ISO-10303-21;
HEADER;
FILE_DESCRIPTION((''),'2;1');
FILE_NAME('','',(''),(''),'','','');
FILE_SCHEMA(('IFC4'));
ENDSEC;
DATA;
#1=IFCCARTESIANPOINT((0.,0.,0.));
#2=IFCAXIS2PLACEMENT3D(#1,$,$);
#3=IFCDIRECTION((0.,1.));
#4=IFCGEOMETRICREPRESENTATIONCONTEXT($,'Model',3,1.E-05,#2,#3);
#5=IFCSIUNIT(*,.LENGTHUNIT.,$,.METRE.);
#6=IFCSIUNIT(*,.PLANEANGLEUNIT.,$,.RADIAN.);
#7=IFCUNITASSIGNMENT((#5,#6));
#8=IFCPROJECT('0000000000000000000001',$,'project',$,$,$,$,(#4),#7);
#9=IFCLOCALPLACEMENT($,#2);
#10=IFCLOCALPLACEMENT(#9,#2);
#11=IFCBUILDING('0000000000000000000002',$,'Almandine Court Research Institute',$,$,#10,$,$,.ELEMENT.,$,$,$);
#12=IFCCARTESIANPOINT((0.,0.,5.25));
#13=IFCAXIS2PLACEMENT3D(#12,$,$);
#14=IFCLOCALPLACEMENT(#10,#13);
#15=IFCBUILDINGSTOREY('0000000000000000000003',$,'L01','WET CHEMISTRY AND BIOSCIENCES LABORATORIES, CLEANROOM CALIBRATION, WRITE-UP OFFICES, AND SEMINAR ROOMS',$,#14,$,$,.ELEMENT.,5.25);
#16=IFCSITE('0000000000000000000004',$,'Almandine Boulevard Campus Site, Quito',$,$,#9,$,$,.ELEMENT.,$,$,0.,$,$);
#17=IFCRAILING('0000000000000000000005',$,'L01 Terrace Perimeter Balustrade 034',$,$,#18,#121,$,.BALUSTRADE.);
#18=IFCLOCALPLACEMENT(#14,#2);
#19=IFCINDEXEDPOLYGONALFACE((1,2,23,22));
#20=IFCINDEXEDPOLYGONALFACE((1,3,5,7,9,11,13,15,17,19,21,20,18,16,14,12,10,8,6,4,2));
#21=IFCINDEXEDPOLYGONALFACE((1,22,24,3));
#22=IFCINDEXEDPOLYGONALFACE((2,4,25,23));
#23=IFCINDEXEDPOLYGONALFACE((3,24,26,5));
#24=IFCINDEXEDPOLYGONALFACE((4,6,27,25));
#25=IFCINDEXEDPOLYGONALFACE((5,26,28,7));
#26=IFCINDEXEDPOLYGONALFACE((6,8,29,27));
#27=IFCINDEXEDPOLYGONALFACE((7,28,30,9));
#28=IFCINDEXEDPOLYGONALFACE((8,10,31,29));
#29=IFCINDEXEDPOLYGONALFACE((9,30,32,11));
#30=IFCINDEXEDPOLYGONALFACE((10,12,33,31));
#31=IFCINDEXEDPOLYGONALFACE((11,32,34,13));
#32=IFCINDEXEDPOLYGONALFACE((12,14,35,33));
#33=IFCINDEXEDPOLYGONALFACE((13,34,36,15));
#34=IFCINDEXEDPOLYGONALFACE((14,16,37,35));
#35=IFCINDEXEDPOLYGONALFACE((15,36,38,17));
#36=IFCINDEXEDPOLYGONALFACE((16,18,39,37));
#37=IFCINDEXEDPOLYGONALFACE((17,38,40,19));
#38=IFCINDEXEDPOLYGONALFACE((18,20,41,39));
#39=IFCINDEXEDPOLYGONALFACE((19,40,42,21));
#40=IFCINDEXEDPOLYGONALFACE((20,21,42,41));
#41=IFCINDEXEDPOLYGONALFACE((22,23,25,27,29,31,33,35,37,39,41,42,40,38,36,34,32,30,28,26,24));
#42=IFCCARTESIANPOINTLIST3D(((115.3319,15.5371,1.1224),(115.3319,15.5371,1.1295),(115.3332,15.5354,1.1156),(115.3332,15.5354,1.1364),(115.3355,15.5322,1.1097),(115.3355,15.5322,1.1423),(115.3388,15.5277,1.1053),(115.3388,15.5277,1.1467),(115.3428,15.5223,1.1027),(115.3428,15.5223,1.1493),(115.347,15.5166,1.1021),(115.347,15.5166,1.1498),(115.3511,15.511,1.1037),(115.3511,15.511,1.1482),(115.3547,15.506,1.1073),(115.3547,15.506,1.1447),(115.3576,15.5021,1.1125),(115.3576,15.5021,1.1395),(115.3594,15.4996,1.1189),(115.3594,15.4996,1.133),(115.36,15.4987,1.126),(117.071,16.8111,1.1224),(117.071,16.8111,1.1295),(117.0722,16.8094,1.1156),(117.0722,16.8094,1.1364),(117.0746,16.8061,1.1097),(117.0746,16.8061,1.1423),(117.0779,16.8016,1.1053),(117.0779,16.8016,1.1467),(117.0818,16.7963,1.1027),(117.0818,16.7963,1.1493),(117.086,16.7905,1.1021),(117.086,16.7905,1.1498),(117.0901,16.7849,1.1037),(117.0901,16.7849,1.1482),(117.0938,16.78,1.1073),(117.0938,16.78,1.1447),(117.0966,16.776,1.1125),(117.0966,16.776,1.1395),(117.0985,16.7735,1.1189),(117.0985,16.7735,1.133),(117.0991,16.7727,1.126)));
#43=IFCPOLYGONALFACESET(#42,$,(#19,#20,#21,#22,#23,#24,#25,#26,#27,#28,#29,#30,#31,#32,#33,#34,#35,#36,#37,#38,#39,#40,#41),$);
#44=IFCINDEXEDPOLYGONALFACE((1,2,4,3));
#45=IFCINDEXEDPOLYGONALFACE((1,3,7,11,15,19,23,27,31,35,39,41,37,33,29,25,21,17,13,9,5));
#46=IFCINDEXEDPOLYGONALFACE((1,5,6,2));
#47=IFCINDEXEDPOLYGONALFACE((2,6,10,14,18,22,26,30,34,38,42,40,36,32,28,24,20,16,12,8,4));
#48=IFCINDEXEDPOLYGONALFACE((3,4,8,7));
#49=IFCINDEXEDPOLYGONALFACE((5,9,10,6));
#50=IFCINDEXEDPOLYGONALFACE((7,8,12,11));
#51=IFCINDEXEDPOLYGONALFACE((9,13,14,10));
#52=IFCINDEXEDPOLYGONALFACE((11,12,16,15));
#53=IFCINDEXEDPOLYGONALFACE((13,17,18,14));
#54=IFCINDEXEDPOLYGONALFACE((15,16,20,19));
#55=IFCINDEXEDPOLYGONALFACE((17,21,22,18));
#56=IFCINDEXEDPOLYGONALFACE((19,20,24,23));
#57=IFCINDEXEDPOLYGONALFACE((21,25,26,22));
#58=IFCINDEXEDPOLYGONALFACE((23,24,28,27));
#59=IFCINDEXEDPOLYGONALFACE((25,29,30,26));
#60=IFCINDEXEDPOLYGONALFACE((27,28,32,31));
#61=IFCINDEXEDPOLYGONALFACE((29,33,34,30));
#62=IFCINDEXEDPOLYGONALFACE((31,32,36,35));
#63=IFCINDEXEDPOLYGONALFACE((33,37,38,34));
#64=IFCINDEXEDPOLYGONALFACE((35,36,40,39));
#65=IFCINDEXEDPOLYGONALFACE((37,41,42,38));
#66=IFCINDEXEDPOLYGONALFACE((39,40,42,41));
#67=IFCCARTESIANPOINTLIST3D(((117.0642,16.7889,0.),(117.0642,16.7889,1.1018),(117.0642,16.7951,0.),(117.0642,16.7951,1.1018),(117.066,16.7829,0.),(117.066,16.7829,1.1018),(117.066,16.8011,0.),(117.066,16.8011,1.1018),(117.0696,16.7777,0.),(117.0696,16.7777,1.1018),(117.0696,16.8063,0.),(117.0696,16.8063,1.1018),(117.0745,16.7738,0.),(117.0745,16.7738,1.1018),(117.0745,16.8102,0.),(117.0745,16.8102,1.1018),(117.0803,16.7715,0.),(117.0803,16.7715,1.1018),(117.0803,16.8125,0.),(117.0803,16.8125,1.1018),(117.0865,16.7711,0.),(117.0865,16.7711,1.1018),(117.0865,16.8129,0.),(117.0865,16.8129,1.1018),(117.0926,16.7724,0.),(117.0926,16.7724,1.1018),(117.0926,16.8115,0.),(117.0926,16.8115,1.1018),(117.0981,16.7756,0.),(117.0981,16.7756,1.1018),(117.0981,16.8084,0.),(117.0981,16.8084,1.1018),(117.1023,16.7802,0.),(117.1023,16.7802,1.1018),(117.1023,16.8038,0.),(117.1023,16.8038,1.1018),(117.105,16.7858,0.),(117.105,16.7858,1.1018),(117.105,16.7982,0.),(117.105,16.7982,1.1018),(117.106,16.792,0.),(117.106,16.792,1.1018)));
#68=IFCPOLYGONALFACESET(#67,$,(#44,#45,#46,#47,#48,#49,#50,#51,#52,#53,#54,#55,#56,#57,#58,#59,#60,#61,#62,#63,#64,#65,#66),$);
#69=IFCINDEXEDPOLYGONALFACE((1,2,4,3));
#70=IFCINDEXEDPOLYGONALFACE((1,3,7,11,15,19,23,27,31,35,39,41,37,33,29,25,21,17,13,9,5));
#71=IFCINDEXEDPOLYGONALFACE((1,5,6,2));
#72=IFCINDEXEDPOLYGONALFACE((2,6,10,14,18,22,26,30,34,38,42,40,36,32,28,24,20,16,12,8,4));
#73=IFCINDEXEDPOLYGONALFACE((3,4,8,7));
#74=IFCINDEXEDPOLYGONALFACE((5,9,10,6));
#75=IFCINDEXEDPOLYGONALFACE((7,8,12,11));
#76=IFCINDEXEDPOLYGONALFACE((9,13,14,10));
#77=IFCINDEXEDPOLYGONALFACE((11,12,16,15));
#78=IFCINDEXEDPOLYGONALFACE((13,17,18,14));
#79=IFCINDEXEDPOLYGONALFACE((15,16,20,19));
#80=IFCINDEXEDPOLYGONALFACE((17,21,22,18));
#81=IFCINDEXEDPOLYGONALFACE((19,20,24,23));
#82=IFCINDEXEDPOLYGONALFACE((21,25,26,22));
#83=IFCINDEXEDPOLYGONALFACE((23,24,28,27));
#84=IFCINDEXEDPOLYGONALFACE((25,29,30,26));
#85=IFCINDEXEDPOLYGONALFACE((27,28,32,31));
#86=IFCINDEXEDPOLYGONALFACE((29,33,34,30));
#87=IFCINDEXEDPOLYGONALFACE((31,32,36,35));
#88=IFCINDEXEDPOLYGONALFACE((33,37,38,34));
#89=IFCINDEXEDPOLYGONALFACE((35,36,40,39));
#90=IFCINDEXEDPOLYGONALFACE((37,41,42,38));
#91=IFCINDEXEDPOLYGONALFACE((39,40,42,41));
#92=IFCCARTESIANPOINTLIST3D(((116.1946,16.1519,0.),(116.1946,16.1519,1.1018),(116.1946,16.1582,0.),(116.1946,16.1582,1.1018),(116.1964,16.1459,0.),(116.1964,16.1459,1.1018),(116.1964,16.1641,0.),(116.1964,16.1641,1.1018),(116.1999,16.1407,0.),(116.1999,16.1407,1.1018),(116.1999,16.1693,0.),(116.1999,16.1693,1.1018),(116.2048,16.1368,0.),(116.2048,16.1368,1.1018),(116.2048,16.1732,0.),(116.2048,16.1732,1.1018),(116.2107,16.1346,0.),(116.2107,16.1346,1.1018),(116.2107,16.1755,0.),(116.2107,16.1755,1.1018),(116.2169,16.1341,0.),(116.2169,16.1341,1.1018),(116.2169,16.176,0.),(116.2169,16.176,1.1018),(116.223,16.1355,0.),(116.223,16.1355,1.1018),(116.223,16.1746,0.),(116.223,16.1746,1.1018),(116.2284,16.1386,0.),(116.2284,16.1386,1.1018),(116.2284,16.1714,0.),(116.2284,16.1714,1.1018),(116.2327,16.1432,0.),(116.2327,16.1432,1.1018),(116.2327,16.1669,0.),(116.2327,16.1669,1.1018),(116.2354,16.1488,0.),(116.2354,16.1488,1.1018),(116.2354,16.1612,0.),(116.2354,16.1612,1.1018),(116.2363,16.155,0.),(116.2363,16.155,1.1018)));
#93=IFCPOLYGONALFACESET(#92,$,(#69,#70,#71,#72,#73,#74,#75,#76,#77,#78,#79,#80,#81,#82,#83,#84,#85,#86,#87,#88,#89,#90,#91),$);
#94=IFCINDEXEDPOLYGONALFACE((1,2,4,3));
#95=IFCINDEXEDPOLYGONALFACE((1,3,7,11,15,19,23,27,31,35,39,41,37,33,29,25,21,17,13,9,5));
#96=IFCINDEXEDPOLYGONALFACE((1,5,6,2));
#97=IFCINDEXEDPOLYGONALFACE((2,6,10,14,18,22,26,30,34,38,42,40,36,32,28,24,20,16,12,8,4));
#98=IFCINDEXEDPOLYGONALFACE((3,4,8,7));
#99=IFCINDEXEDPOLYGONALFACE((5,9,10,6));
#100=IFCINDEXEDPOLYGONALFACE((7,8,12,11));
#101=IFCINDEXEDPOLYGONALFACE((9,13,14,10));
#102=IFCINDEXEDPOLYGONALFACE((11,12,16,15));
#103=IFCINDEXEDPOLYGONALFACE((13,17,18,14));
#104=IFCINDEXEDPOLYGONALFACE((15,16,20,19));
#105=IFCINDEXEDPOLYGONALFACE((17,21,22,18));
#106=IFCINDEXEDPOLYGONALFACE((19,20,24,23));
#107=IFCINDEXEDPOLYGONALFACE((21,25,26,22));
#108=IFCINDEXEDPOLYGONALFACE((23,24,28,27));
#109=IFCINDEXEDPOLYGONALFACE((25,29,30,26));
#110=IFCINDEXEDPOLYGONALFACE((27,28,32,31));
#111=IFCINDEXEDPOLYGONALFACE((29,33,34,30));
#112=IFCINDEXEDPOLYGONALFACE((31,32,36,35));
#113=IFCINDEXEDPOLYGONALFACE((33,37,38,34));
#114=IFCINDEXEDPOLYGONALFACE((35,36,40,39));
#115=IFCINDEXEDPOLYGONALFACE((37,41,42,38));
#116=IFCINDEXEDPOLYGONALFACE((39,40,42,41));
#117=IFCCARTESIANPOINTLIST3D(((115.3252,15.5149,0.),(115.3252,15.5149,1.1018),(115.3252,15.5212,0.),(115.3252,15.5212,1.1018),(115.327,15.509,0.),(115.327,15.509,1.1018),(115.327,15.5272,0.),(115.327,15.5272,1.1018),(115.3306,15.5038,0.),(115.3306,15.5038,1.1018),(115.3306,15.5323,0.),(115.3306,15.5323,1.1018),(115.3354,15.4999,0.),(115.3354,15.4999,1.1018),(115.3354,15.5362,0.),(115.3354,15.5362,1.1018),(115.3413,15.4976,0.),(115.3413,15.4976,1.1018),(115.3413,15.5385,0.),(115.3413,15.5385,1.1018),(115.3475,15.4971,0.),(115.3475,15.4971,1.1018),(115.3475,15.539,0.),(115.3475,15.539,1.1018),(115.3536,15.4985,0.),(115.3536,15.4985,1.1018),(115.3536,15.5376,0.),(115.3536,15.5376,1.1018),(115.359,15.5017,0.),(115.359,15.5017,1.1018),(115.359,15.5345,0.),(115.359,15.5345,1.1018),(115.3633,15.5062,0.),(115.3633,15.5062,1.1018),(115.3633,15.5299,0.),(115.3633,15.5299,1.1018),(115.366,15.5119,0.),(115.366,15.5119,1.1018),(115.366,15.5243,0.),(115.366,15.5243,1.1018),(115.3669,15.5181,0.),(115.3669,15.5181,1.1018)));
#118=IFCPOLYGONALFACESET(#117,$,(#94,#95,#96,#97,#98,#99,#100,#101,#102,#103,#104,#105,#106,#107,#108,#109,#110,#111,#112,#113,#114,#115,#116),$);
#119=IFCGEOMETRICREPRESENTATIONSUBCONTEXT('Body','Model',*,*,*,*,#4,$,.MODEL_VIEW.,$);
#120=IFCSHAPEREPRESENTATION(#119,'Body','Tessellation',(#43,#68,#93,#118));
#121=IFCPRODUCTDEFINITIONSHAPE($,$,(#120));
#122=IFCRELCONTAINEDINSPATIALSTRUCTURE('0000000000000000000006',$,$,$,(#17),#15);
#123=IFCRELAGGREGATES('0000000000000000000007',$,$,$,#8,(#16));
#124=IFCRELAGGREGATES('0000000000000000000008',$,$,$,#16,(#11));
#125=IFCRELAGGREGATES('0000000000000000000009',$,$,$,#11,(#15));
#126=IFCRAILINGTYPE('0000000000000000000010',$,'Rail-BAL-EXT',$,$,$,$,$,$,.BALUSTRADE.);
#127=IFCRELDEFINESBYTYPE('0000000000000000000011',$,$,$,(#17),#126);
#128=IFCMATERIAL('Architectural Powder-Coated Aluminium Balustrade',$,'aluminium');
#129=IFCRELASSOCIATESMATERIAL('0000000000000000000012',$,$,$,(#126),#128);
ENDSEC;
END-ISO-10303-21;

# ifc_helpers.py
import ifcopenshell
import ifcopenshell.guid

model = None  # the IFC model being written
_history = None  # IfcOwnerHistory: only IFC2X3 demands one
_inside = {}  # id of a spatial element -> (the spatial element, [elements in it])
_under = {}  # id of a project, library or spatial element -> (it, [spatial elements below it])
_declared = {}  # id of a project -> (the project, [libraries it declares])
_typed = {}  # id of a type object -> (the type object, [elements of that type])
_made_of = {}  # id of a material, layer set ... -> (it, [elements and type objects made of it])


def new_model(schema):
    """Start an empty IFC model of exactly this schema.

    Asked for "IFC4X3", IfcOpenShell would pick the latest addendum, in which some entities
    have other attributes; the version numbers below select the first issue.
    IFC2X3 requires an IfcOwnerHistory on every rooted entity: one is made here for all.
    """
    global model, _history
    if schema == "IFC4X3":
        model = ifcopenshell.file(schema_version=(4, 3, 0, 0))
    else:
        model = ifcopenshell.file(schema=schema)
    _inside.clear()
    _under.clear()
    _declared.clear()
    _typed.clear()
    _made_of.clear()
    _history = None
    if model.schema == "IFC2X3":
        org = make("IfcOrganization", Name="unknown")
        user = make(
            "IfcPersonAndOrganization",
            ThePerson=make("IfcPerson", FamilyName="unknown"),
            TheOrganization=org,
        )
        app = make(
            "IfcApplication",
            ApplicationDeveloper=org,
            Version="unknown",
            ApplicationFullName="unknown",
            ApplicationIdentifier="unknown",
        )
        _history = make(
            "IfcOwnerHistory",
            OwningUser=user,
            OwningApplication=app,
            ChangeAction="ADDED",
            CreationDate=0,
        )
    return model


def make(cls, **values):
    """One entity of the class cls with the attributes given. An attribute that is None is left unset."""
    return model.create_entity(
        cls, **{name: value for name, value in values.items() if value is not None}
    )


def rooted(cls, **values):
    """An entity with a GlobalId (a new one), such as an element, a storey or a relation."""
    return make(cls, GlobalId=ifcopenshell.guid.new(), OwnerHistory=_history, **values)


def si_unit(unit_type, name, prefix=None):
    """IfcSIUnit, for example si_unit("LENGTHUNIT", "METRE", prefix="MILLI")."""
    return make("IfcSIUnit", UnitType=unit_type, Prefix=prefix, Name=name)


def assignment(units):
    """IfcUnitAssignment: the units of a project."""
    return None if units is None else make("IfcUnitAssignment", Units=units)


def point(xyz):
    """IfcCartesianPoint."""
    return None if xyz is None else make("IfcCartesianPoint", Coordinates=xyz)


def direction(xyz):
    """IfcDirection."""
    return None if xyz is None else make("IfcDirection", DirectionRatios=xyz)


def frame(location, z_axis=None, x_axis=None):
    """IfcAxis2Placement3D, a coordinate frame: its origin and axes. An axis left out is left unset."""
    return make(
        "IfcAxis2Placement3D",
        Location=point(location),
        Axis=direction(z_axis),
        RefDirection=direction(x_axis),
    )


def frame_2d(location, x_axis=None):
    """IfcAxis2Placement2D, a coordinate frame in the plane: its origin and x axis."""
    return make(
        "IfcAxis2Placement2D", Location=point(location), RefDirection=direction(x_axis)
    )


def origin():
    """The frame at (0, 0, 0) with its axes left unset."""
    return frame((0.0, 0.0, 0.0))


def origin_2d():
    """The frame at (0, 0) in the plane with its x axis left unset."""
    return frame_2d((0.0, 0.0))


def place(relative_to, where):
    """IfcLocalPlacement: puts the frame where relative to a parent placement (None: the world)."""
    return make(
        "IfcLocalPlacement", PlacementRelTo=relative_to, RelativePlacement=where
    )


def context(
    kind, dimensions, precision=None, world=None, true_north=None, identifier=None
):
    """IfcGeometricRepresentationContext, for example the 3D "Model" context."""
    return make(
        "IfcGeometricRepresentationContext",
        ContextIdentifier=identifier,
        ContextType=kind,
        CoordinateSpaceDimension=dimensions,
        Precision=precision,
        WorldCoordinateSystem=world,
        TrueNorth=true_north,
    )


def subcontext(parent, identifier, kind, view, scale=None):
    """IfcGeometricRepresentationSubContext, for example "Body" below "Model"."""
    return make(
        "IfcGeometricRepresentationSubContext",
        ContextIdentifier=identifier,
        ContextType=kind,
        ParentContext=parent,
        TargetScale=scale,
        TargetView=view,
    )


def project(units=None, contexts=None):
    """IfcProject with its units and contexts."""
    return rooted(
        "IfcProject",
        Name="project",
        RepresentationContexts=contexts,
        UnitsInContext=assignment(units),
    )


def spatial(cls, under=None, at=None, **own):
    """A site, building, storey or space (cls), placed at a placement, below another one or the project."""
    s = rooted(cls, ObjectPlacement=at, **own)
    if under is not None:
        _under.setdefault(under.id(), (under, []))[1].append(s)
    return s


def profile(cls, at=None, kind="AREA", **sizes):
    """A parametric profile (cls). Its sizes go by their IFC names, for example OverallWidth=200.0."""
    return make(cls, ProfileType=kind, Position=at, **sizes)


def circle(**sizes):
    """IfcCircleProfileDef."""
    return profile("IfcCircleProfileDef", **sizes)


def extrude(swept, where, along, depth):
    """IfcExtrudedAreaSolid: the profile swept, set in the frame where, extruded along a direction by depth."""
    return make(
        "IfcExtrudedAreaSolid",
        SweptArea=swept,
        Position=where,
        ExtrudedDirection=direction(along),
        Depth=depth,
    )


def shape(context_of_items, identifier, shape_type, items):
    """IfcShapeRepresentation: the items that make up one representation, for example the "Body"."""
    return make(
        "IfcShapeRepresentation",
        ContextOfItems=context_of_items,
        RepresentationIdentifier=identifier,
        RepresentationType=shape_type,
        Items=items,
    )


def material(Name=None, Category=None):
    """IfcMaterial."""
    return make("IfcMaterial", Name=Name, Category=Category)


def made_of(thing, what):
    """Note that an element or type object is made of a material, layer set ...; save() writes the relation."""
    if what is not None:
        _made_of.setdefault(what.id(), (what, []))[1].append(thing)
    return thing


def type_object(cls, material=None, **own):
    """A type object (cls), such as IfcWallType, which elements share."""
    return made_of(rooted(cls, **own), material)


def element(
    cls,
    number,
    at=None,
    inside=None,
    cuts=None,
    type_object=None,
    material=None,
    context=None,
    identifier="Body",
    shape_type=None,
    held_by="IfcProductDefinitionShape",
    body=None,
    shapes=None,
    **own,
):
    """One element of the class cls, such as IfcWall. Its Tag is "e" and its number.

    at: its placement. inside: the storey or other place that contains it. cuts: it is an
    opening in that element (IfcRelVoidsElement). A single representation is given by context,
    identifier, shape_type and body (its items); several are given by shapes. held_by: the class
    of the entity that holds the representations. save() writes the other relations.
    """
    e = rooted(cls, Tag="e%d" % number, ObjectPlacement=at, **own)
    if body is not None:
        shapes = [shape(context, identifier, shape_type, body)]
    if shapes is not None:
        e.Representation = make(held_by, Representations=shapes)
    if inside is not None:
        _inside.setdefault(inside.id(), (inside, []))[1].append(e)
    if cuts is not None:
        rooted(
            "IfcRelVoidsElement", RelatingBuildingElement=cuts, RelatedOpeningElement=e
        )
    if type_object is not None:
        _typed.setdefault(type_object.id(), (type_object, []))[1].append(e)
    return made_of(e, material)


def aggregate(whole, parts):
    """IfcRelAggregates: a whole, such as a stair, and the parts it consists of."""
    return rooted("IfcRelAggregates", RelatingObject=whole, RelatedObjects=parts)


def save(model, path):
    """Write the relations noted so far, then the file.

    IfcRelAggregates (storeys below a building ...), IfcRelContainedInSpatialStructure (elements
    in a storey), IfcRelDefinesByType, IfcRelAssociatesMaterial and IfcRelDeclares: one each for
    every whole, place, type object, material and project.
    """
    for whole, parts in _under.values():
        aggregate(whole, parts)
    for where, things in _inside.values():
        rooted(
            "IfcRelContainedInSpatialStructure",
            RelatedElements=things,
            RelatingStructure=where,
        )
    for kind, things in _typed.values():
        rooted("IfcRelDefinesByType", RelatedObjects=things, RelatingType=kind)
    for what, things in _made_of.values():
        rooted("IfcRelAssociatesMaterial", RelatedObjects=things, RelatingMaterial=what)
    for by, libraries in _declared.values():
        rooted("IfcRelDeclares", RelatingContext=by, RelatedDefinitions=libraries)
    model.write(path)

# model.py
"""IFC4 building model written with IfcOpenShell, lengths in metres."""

from ifc_helpers import new_model, si_unit, direction, frame, origin, origin_2d, place, context, subcontext, project, spatial, circle, extrude, material, type_object, element, save


model = new_model("IFC4")

# Units and contexts
model_context = context("Model", 3, precision=1e-05, world=origin(), true_north=direction((0.0, 1.0)))
body_context = subcontext(model_context, "Body", "Model", "MODEL_VIEW")
ifc_project = project(units=[si_unit("LENGTHUNIT", "METRE"), si_unit("PLANEANGLEUNIT", "RADIAN")], contexts=[model_context])

# Site, building, storey
site_placement = place(None, origin())
site = spatial("IfcSite", under=ifc_project, at=site_placement, Name="Almandine Boulevard Campus Site, Quito", CompositionType="ELEMENT", RefElevation=0.0)
building_placement = place(site_placement, origin())
building = spatial("IfcBuilding", under=site, at=building_placement, Name="Almandine Court Research Institute", CompositionType="ELEMENT")
storey_placement = place(building_placement, frame((0.0, 0.0, 5.25)))
storey = spatial("IfcBuildingStorey", under=building, at=storey_placement, Name="L01", Description="WET CHEMISTRY AND BIOSCIENCES LABORATORIES, CLEANROOM CALIBRATION, WRITE-UP OFFICES, AND SEMINAR ROOMS", CompositionType="ELEMENT", Elevation=5.25)

# Railing
ifc_material_1 = material(Name="Architectural Powder-Coated Aluminium Balustrade", Category="aluminium")
railing_type = type_object("IfcRailingType", Name="Rail-BAL-EXT", PredefinedType="BALUSTRADE", material=ifc_material_1)
railing_1_placement = place(storey_placement, frame((117.085, 16.792, 0.0)))
element("IfcRailing", 1, at=railing_1_placement, inside=storey, type_object=railing_type, Name="L01 Terrace Perimeter Balustrade 034", PredefinedType="BALUSTRADE", context=body_context, shape_type="SweptSolid", body=[
    extrude(circle(Radius=0.0239, at=origin_2d()), frame((0.0, 0.0, 1.126), z_axis=(-0.806704, -0.590956, 0.0), x_axis=(0.590956, -0.806704, 0.0)), (0.0, 0.0, 1.0), 2.1558),
    extrude(circle(Radius=0.021, at=origin_2d()), origin(), (0.0, 0.0, 1.0), 1.1018),
    extrude(circle(Radius=0.021, at=origin_2d()), frame((-0.8696, -0.637, 0.0)), (0.0, 0.0, 1.0), 1.1018),
    extrude(circle(Radius=0.021, at=origin_2d()), frame((-1.739, -1.2739, 0.0)), (0.0, 0.0, 1.0), 1.1018),
])

save(model, "model.ifc")
